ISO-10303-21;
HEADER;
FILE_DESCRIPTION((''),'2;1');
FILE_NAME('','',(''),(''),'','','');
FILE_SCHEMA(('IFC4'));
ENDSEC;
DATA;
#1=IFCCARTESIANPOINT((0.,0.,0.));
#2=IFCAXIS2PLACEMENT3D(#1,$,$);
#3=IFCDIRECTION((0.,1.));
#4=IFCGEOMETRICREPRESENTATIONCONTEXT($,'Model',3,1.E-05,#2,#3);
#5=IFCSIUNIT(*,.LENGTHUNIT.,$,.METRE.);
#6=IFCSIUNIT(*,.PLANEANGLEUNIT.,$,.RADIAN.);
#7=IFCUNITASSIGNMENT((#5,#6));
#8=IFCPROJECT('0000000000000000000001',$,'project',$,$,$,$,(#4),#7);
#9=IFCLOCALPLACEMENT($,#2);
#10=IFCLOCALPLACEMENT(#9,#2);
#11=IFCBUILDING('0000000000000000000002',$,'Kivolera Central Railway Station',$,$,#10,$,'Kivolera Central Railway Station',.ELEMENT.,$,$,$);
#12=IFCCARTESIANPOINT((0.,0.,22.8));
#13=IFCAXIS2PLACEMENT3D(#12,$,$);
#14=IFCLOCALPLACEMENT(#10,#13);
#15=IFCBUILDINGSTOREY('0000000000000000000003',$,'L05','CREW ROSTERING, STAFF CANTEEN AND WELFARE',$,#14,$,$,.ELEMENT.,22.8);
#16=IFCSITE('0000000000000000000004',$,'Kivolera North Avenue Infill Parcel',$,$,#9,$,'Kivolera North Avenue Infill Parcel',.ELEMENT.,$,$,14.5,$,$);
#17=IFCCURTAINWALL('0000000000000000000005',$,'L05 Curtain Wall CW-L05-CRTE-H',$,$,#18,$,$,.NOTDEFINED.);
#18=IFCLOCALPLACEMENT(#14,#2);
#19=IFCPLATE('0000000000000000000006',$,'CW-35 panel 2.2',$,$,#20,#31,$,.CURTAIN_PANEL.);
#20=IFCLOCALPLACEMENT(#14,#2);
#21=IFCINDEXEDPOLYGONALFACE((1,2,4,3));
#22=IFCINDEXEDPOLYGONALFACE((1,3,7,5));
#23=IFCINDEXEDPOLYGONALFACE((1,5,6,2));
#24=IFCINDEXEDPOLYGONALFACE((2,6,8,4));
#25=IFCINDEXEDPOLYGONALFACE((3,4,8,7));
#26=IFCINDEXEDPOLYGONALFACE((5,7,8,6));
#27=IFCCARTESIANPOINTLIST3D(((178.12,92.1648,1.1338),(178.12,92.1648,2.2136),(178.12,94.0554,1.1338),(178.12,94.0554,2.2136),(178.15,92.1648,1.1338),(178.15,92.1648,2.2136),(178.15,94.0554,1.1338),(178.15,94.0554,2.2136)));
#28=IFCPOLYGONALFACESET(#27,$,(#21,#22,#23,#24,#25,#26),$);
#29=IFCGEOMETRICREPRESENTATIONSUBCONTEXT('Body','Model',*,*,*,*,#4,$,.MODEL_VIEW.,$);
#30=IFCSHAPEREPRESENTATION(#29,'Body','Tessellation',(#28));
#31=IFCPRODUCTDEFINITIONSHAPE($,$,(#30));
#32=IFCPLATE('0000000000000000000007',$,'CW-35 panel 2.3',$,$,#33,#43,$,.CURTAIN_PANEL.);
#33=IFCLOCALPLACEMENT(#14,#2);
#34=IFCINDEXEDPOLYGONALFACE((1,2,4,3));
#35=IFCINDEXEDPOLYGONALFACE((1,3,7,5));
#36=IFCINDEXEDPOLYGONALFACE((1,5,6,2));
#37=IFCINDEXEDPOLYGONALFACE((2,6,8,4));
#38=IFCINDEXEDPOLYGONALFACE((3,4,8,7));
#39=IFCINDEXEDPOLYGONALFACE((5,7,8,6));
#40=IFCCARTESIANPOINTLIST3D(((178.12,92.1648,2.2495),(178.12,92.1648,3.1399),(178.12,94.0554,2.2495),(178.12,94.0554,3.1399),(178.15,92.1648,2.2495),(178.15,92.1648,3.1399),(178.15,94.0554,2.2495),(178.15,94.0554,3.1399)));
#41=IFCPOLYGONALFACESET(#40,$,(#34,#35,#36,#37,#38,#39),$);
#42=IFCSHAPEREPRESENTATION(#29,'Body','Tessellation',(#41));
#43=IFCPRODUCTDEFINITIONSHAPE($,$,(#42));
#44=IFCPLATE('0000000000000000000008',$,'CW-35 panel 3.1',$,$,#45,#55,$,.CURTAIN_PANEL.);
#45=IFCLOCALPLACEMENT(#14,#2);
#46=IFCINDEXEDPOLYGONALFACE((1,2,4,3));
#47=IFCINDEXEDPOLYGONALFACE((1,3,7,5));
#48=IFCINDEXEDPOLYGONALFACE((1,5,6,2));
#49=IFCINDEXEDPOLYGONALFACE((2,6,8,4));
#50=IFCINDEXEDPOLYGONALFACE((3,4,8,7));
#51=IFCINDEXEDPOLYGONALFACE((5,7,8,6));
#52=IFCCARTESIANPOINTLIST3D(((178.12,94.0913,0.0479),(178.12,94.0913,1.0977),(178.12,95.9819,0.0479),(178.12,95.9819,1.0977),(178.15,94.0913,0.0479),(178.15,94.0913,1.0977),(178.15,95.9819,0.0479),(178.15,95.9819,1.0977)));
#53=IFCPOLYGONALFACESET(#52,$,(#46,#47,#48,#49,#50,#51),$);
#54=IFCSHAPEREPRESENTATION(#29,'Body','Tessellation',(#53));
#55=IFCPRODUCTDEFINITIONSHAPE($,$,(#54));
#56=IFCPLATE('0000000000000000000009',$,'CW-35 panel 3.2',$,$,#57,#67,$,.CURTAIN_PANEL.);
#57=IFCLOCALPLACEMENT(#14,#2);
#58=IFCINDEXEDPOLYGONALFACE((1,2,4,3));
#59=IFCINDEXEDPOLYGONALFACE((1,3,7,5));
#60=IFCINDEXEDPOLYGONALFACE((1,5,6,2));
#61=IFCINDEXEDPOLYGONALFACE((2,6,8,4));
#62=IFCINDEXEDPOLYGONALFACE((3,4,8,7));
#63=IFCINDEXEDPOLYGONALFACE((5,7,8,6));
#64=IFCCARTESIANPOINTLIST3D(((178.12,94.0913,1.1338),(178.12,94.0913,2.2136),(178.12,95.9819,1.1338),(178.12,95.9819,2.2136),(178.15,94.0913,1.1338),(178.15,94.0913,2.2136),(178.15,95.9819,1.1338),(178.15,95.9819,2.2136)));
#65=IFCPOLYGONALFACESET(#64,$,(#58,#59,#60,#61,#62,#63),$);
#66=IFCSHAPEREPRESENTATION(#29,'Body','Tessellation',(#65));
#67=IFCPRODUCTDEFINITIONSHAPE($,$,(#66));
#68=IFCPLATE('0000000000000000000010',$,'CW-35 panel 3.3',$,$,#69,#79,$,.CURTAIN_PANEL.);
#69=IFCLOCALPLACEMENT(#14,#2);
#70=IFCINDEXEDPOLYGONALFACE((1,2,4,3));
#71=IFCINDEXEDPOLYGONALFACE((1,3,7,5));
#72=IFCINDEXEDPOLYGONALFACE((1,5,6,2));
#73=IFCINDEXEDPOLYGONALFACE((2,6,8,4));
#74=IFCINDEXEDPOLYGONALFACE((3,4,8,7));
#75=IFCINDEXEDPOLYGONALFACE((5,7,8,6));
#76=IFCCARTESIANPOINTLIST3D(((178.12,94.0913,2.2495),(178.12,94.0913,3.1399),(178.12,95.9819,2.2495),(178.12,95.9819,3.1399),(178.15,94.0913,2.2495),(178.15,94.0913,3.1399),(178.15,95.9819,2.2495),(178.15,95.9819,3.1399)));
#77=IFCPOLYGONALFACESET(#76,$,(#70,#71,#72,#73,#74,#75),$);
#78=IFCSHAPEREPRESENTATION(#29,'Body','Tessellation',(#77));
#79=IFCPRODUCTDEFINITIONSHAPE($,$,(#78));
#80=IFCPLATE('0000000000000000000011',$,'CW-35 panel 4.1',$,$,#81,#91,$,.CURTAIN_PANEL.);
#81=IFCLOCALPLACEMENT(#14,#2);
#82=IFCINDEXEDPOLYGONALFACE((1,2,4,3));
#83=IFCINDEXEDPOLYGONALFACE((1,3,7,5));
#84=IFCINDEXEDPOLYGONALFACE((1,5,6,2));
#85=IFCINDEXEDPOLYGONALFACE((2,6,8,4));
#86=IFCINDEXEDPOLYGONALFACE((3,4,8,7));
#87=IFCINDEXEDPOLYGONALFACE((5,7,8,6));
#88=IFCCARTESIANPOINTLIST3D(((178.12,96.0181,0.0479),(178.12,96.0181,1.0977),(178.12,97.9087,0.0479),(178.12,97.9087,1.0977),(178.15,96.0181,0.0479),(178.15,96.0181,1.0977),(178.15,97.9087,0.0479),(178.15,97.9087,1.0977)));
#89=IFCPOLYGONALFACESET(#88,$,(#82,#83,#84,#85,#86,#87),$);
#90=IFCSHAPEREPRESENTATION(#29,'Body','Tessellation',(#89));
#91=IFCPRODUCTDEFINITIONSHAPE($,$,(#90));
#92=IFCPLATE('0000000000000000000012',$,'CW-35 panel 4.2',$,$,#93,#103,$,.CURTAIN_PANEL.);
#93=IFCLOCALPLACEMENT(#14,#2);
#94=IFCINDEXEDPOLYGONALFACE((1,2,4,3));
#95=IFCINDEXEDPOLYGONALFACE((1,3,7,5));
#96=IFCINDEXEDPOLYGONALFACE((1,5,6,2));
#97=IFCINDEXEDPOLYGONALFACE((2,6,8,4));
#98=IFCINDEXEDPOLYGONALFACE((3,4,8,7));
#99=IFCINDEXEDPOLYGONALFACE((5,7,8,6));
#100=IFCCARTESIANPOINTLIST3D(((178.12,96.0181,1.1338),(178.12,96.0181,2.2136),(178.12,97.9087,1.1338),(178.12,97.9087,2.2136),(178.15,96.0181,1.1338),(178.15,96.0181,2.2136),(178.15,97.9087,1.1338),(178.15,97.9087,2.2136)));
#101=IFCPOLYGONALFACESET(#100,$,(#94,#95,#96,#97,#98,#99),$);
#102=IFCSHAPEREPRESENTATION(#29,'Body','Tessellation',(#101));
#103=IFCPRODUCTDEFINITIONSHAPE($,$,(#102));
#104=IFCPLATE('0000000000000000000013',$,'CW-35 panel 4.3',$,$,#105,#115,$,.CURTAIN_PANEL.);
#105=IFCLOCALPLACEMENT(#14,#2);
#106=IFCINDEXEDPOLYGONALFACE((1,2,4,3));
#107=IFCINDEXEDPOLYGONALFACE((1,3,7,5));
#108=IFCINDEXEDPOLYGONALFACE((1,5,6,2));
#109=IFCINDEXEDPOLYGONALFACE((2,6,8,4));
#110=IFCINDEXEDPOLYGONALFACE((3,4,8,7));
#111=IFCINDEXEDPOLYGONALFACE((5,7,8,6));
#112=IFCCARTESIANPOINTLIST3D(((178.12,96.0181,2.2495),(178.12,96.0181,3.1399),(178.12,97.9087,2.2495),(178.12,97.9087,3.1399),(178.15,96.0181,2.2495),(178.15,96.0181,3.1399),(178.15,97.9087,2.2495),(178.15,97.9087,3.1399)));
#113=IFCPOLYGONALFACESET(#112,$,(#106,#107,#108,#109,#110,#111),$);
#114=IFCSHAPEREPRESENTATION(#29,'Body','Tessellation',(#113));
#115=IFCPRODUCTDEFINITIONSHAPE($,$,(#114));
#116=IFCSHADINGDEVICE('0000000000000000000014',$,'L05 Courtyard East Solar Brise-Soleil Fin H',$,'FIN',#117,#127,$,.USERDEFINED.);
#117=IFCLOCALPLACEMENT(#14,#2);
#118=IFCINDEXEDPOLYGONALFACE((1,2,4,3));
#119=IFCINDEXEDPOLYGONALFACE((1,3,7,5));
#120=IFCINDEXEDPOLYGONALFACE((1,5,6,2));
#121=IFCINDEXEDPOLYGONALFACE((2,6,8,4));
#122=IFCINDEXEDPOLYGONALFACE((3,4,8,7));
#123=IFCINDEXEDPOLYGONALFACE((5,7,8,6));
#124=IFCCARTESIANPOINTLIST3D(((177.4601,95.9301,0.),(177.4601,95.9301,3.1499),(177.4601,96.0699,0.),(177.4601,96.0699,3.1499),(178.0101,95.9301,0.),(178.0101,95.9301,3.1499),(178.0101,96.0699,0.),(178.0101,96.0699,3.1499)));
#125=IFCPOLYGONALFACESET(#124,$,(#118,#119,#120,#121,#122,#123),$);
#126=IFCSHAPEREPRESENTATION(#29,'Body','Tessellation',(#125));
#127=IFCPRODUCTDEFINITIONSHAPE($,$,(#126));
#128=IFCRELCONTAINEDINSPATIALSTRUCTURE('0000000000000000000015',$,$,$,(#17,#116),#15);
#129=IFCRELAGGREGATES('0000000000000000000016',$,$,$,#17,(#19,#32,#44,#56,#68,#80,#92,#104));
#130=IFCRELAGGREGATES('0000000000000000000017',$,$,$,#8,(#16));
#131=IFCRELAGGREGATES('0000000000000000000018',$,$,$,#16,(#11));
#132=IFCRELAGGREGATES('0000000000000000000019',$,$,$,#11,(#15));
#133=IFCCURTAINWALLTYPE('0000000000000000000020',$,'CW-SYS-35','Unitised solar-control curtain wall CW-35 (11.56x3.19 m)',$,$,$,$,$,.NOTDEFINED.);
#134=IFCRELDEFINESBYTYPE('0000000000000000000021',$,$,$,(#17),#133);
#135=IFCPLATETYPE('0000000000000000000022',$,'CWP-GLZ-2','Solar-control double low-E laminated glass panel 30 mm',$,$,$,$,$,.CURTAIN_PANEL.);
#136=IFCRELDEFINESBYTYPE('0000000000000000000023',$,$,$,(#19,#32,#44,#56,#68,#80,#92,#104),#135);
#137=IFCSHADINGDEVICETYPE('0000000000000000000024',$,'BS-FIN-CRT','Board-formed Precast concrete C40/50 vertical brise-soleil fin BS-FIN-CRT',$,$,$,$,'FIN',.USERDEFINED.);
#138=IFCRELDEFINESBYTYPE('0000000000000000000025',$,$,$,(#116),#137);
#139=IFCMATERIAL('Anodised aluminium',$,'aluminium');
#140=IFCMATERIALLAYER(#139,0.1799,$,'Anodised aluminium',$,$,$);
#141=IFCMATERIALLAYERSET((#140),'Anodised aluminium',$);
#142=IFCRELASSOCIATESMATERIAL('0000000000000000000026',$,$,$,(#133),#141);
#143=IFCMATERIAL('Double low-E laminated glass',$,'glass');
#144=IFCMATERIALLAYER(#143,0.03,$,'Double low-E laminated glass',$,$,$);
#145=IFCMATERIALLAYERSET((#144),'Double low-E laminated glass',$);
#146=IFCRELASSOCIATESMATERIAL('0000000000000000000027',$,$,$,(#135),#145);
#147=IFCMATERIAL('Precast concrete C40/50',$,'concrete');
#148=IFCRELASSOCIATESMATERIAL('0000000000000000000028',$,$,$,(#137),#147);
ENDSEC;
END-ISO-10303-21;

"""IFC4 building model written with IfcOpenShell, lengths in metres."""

from ifc_helpers import new_model, si_unit, direction, frame, origin, origin_2d, place, context, subcontext, project, spatial, rectangle, extrude, material, layer, layer_set, type_object, element, aggregate, save


model = new_model("IFC4")

# Units and contexts
model_context = context("Model", 3, precision=1e-05, world=origin(), true_north=direction((0.0, 1.0)))
body_context = subcontext(model_context, "Body", "Model", "MODEL_VIEW")
ifc_project = project(units=[si_unit("LENGTHUNIT", "METRE"), si_unit("PLANEANGLEUNIT", "RADIAN")], contexts=[model_context])

# Site, building, storey
site_placement = place(None, origin())
site = spatial("IfcSite", under=ifc_project, at=site_placement, Name="Kivolera North Avenue Infill Parcel", LongName="Kivolera North Avenue Infill Parcel", CompositionType="ELEMENT", RefElevation=14.5)
building_placement = place(site_placement, origin())
building = spatial("IfcBuilding", under=site, at=building_placement, Name="Kivolera Central Railway Station", LongName="Kivolera Central Railway Station", CompositionType="ELEMENT")
storey_placement = place(building_placement, frame((0.0, 0.0, 22.8)))
storey = spatial("IfcBuildingStorey", under=building, at=storey_placement, Name="L05", Description="CREW ROSTERING, STAFF CANTEEN AND WELFARE", CompositionType="ELEMENT", Elevation=22.8)

# Curtain wall, plates
ifc_material_1 = material(Name="Anodised aluminium", Category="aluminium")
ifc_layer_1 = layer(ifc_material_1, 0.1799, Name="Anodised aluminium")
ifc_layer_set_1 = layer_set([ifc_layer_1], Name="Anodised aluminium")
curtain_wall_type = type_object("IfcCurtainWallType", Name="CW-SYS-35", Description="Unitised solar-control curtain wall CW-35 (11.56x3.19 m)", PredefinedType="NOTDEFINED", material=ifc_layer_set_1)
curtain_wall_placement = place(storey_placement, origin())
curtain_wall = element("IfcCurtainWall", 1, at=curtain_wall_placement, inside=storey, type_object=curtain_wall_type, Name="L05 Curtain Wall CW-L05-CRTE-H", PredefinedType="NOTDEFINED")
ifc_material_2 = material(Name="Double low-E laminated glass", Category="glass")
ifc_layer_2 = layer(ifc_material_2, 0.03, Name="Double low-E laminated glass")
ifc_layer_set_2 = layer_set([ifc_layer_2], Name="Double low-E laminated glass")
plate_type = type_object("IfcPlateType", Name="CWP-GLZ-2", Description="Solar-control double low-E laminated glass panel 30 mm", PredefinedType="CURTAIN_PANEL", material=ifc_layer_set_2)
plate_1_placement = place(storey_placement, frame((178.135, 93.1101, 1.1338), z_axis=(0.0, 0.0, 1.0), x_axis=(0.0, 1.0, 0.0)))
plate_1 = element("IfcPlate", 2, at=plate_1_placement, type_object=plate_type, Name="CW-35 panel 2.2", PredefinedType="CURTAIN_PANEL", context=body_context, shape_type="SweptSolid", body=[
    extrude(rectangle(XDim=1.8906, YDim=0.03, at=origin_2d()), origin(), (0.0, 0.0, 1.0), 1.0798),
])
plate_2_placement = place(storey_placement, frame((178.135, 93.1101, 2.2495), z_axis=(0.0, 0.0, 1.0), x_axis=(0.0, 1.0, 0.0)))
plate_2 = element("IfcPlate", 3, at=plate_2_placement, type_object=plate_type, Name="CW-35 panel 2.3", PredefinedType="CURTAIN_PANEL", context=body_context, shape_type="SweptSolid", body=[
    extrude(rectangle(XDim=1.8906, YDim=0.03, at=origin_2d()), origin(), (0.0, 0.0, 1.0), 0.8904),
])
plate_3_placement = place(storey_placement, frame((178.135, 95.0366, 0.0479), z_axis=(0.0, 0.0, 1.0), x_axis=(0.0, 1.0, 0.0)))
plate_3 = element("IfcPlate", 4, at=plate_3_placement, type_object=plate_type, Name="CW-35 panel 3.1", PredefinedType="CURTAIN_PANEL", context=body_context, shape_type="SweptSolid", body=[
    extrude(rectangle(XDim=1.8906, YDim=0.03, at=origin_2d()), origin(), (0.0, 0.0, 1.0), 1.0498),
])
plate_4_placement = place(storey_placement, frame((178.135, 95.0366, 1.1338), z_axis=(0.0, 0.0, 1.0), x_axis=(0.0, 1.0, 0.0)))
plate_4 = element("IfcPlate", 5, at=plate_4_placement, type_object=plate_type, Name="CW-35 panel 3.2", PredefinedType="CURTAIN_PANEL", context=body_context, shape_type="SweptSolid", body=[
    extrude(rectangle(XDim=1.8906, YDim=0.03, at=origin_2d()), origin(), (0.0, 0.0, 1.0), 1.0798),
])
plate_5_placement = place(storey_placement, frame((178.135, 95.0366, 2.2495), z_axis=(0.0, 0.0, 1.0), x_axis=(0.0, 1.0, 0.0)))
plate_5 = element("IfcPlate", 6, at=plate_5_placement, type_object=plate_type, Name="CW-35 panel 3.3", PredefinedType="CURTAIN_PANEL", context=body_context, shape_type="SweptSolid", body=[
    extrude(rectangle(XDim=1.8906, YDim=0.03, at=origin_2d()), origin(), (0.0, 0.0, 1.0), 0.8904),
])
plate_6_placement = place(storey_placement, frame((178.135, 96.9634, 0.0479), z_axis=(0.0, 0.0, 1.0), x_axis=(0.0, 1.0, 0.0)))
plate_6 = element("IfcPlate", 7, at=plate_6_placement, type_object=plate_type, Name="CW-35 panel 4.1", PredefinedType="CURTAIN_PANEL", context=body_context, shape_type="SweptSolid", body=[
    extrude(rectangle(XDim=1.8906, YDim=0.03, at=origin_2d()), origin(), (0.0, 0.0, 1.0), 1.0498),
])
plate_7_placement = place(storey_placement, frame((178.135, 96.9634, 1.1338), z_axis=(0.0, 0.0, 1.0), x_axis=(0.0, 1.0, 0.0)))
plate_7 = element("IfcPlate", 8, at=plate_7_placement, type_object=plate_type, Name="CW-35 panel 4.2", PredefinedType="CURTAIN_PANEL", context=body_context, shape_type="SweptSolid", body=[
    extrude(rectangle(XDim=1.8906, YDim=0.03, at=origin_2d()), origin(), (0.0, 0.0, 1.0), 1.0798),
])
plate_8_placement = place(storey_placement, frame((178.135, 96.9634, 2.2495), z_axis=(0.0, 0.0, 1.0), x_axis=(0.0, 1.0, 0.0)))
plate_8 = element("IfcPlate", 9, at=plate_8_placement, type_object=plate_type, Name="CW-35 panel 4.3", PredefinedType="CURTAIN_PANEL", context=body_context, shape_type="SweptSolid", body=[
    extrude(rectangle(XDim=1.8906, YDim=0.03, at=origin_2d()), origin(), (0.0, 0.0, 1.0), 0.8904),
])
aggregate(curtain_wall, [plate_1, plate_2, plate_3, plate_4, plate_5, plate_6, plate_7, plate_8])

# Shading device
ifc_material_3 = material(Name="Precast concrete C40/50", Category="concrete")
shading_device_type = type_object("IfcShadingDeviceType", Name="BS-FIN-CRT", Description="Board-formed Precast concrete C40/50 vertical brise-soleil fin BS-FIN-CRT", ElementType="FIN", PredefinedType="USERDEFINED", material=ifc_material_3)
shading_device_placement = place(storey_placement, frame((177.7351, 96.0, 0.0), z_axis=(0.0, 0.0, 1.0), x_axis=(1.0, 0.0, 0.0)))
element("IfcShadingDevice", 10, at=shading_device_placement, inside=storey, type_object=shading_device_type, Name="L05 Courtyard East Solar Brise-Soleil Fin H", ObjectType="FIN", PredefinedType="USERDEFINED", context=body_context, shape_type="SweptSolid", body=[
    extrude(rectangle(XDim=0.55, YDim=0.1399, at=origin_2d()), origin(), (0.0, 0.0, 1.0), 3.1499),
])

save(model, "model.ifc")
